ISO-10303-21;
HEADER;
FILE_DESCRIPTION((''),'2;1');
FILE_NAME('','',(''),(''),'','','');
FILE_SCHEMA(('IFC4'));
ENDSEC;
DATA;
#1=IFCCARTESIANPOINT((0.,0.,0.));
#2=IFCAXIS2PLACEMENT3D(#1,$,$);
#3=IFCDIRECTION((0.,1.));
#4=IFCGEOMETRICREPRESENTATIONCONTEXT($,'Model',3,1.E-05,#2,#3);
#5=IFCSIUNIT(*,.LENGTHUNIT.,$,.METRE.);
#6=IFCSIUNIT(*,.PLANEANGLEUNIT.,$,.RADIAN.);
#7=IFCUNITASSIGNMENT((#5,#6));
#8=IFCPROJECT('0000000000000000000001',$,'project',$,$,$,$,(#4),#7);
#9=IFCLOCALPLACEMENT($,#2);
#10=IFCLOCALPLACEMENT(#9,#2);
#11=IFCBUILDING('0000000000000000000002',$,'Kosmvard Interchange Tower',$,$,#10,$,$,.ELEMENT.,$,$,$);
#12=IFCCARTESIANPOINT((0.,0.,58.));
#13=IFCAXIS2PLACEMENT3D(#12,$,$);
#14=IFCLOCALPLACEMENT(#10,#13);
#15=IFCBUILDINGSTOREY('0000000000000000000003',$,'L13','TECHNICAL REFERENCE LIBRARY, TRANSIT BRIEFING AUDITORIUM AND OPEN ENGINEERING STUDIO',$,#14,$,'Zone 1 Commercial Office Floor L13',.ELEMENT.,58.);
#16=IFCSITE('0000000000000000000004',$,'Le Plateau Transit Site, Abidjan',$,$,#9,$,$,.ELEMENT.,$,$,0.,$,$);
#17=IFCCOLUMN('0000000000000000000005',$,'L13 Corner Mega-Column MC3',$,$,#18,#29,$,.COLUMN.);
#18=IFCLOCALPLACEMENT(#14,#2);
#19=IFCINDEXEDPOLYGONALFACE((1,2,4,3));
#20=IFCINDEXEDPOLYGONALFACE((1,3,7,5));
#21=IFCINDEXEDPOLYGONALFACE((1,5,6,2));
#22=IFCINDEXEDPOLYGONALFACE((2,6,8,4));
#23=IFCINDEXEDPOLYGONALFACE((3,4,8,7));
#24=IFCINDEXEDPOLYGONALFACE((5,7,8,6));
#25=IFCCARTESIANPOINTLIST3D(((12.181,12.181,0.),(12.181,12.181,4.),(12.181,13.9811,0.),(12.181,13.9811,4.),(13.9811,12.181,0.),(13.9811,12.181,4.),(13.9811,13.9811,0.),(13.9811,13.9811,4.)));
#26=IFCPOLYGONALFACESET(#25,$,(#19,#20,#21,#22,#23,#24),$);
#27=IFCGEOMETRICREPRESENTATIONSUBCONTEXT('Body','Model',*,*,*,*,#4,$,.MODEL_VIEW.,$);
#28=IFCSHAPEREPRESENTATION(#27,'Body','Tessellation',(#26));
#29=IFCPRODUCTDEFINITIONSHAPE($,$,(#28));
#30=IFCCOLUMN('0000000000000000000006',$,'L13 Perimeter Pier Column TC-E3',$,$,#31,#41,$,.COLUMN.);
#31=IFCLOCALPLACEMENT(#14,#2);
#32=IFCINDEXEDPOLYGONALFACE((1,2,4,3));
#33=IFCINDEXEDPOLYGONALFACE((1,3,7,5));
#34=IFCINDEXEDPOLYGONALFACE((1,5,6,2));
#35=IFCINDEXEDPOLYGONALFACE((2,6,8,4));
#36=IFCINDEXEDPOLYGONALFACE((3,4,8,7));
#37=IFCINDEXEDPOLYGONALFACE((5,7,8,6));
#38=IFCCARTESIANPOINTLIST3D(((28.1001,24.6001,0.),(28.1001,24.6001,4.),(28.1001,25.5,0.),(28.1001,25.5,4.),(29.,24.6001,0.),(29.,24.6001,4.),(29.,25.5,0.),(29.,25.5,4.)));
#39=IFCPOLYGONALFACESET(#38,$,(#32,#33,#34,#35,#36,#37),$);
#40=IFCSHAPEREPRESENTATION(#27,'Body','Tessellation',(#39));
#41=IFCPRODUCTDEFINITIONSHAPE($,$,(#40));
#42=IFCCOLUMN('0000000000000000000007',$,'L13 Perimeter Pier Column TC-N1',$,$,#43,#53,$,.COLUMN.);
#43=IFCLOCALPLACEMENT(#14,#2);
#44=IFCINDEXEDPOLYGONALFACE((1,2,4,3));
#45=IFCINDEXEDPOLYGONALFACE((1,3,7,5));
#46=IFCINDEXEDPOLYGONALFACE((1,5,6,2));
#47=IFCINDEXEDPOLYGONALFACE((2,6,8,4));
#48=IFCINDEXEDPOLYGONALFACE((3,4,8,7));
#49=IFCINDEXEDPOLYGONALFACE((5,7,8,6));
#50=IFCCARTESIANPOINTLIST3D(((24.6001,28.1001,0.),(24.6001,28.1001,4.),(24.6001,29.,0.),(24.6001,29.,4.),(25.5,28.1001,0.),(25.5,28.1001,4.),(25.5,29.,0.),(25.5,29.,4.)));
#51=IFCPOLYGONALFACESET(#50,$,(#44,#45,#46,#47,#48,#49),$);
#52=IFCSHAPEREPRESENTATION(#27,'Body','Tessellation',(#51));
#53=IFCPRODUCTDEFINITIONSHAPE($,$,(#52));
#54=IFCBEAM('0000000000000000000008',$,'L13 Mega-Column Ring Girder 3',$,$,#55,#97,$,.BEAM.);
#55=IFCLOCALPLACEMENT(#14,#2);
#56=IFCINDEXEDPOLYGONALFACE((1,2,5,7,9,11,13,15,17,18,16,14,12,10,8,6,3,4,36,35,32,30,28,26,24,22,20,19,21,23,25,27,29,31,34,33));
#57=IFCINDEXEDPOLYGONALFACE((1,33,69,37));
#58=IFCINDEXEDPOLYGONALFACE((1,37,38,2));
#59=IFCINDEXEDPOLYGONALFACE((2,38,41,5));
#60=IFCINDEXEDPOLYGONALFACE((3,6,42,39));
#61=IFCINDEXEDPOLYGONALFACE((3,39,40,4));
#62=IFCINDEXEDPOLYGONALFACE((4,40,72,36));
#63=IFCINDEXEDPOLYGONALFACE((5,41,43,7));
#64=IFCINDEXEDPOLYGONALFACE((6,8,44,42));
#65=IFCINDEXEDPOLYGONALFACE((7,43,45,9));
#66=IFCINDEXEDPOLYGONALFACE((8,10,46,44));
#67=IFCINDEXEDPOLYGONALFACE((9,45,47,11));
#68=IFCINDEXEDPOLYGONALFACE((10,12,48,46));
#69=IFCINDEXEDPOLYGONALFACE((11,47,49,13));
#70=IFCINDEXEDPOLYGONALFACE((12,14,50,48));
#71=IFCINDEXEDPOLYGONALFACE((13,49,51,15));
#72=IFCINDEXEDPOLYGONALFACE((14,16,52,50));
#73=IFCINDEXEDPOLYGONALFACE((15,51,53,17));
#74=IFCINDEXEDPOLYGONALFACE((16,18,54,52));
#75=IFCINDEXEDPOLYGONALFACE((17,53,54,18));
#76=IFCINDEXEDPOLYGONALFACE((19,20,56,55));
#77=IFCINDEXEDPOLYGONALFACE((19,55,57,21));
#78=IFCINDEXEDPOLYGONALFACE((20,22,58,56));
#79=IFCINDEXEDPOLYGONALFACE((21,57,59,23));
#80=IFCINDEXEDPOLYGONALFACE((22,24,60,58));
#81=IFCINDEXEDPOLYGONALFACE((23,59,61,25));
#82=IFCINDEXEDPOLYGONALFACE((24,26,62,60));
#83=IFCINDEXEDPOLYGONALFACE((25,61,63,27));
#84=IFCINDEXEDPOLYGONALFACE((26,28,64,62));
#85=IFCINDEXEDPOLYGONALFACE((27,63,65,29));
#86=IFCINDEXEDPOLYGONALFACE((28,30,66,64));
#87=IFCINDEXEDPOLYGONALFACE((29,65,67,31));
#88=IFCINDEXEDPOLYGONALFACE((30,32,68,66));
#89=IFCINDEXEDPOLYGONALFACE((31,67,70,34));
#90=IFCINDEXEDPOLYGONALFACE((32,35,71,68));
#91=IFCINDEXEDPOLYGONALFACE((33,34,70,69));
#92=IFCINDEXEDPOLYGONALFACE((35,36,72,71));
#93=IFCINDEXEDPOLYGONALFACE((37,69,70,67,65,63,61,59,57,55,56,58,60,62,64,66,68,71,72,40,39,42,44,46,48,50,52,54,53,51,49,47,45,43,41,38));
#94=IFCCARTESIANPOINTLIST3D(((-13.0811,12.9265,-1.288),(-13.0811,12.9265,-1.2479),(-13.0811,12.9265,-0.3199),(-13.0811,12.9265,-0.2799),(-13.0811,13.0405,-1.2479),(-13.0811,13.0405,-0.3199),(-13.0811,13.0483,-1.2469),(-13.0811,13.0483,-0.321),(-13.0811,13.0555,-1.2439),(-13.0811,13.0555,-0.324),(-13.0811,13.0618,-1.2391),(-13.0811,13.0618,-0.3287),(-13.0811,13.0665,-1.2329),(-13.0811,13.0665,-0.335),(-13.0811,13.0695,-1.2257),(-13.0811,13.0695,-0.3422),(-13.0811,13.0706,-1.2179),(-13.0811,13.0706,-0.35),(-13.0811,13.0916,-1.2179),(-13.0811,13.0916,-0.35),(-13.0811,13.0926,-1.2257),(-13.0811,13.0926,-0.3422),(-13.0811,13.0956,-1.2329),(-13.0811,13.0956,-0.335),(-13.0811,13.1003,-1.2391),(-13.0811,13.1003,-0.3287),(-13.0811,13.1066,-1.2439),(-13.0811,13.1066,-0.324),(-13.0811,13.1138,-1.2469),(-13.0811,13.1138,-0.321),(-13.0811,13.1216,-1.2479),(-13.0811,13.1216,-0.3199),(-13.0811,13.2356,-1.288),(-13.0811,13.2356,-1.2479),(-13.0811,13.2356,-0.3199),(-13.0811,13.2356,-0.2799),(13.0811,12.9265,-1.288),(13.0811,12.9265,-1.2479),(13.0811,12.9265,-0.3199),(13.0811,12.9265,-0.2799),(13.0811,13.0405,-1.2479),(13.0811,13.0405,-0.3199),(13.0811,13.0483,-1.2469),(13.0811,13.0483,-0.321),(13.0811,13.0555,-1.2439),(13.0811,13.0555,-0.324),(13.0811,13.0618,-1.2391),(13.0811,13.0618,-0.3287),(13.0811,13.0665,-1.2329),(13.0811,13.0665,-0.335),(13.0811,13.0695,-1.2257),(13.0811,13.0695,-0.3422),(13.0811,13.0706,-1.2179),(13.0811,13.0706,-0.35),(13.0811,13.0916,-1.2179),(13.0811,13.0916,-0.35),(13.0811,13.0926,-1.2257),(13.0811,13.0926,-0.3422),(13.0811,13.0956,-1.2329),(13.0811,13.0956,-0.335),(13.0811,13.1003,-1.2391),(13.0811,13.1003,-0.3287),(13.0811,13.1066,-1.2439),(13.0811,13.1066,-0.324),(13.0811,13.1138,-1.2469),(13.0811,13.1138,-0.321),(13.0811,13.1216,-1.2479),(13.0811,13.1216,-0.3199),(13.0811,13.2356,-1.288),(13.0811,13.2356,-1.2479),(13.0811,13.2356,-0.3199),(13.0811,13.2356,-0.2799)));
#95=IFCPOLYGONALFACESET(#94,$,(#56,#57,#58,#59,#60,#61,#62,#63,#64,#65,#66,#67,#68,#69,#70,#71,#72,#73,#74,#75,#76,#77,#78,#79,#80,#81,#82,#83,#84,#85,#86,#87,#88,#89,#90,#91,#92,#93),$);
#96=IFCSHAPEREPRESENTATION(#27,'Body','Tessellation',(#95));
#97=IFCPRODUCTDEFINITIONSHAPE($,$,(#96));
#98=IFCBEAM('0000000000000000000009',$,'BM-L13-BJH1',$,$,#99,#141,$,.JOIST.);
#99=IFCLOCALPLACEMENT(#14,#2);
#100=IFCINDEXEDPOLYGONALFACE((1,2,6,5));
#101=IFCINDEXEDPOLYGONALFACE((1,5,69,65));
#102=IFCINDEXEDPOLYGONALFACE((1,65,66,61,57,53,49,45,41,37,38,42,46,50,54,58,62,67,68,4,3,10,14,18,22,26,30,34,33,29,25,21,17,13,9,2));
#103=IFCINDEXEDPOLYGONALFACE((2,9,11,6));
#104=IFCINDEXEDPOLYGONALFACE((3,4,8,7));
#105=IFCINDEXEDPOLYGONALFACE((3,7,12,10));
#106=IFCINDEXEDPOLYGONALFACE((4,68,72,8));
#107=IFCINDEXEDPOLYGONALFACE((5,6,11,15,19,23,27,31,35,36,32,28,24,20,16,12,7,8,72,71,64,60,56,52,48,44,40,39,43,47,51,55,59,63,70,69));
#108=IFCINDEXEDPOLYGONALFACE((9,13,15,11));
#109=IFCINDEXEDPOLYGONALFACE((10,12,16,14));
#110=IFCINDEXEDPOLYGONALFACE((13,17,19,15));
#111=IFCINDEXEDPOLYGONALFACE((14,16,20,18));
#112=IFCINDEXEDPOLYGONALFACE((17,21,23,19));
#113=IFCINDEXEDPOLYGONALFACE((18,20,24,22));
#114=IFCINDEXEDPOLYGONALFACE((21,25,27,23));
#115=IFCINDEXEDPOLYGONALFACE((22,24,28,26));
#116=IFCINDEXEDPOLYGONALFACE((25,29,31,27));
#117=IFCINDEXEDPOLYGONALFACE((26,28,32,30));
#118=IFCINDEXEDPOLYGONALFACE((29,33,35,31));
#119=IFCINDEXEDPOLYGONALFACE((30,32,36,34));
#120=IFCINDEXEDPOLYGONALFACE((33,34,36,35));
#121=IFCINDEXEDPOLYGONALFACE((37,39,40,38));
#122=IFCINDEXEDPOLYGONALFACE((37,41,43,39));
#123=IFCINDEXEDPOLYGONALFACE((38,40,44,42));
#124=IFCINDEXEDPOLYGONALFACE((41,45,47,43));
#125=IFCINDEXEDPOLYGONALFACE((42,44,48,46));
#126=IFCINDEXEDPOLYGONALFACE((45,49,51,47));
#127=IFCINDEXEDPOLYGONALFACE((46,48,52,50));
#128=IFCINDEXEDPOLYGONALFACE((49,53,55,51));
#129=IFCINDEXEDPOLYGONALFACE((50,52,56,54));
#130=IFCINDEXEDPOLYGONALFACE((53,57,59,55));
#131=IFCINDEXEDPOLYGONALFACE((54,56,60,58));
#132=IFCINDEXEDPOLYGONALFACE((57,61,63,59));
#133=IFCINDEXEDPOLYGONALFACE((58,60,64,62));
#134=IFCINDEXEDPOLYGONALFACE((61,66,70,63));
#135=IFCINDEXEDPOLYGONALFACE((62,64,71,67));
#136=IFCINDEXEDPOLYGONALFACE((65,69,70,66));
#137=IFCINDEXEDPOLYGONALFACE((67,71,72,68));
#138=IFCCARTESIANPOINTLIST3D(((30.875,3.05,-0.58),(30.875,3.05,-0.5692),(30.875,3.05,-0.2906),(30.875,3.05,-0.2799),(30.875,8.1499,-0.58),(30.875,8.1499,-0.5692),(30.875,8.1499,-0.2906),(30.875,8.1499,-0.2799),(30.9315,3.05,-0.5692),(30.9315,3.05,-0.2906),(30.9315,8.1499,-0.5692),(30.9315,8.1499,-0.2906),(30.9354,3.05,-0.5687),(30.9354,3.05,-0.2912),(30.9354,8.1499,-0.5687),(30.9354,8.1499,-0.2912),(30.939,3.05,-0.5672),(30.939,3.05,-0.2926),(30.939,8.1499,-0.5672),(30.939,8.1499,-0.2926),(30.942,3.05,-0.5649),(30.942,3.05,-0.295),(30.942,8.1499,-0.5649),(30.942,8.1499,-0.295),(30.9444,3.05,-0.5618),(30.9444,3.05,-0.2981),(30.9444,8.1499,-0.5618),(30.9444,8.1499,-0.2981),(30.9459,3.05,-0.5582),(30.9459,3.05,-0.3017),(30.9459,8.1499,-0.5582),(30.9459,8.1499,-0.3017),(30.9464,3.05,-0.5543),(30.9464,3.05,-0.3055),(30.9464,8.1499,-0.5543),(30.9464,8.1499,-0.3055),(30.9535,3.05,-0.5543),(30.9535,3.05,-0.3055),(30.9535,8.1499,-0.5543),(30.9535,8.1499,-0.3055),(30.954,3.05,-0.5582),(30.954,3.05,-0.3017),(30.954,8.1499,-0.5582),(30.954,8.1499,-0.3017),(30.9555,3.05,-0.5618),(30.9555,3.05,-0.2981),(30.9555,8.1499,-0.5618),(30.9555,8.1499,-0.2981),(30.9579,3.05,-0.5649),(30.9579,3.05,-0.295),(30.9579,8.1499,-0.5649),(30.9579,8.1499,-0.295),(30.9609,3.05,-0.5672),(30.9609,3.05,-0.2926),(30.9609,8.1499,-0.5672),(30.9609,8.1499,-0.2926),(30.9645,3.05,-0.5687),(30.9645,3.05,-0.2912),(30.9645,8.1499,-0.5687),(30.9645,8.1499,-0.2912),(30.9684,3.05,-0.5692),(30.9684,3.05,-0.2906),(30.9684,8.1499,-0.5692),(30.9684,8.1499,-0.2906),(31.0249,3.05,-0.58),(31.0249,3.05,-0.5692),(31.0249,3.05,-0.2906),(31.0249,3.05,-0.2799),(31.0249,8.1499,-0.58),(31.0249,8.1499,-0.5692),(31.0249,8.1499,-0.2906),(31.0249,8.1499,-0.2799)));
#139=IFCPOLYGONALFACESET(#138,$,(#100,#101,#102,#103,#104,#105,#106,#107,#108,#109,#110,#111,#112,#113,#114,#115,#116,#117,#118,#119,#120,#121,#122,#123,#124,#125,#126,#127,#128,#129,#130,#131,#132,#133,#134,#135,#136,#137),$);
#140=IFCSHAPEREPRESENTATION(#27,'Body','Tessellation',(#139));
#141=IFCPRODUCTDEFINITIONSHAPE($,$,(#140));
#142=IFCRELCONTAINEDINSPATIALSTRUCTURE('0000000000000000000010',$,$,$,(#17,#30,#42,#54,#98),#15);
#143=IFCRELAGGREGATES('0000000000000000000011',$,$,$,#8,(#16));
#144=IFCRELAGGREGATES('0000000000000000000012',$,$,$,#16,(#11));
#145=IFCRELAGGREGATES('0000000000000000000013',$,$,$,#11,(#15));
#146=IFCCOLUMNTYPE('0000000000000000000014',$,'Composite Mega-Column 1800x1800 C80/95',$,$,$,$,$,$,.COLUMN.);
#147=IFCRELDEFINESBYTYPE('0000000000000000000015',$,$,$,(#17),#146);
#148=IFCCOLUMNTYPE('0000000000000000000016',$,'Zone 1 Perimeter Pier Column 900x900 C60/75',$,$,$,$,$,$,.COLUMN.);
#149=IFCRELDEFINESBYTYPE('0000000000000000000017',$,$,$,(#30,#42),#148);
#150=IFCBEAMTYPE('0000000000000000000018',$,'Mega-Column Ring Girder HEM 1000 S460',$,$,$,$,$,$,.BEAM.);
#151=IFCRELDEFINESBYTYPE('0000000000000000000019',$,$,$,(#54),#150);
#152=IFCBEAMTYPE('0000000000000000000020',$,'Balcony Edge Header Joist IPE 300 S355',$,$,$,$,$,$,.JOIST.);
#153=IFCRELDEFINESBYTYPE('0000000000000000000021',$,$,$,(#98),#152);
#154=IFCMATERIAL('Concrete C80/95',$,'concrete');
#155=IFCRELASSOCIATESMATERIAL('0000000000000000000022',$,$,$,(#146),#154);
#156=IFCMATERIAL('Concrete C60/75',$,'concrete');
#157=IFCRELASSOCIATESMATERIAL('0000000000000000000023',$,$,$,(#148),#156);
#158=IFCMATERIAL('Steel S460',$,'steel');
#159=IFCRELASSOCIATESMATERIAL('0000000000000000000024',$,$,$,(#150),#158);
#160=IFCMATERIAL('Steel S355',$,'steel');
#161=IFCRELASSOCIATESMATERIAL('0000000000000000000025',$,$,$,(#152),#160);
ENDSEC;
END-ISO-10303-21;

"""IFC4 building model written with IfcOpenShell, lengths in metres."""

from ifc_helpers import new_model, si_unit, direction, frame, origin, origin_2d, place, context, subcontext, project, spatial, rectangle, i_section, extrude, source, transform, mapped, material, material_profile, profile_set, type_object, element, save


model = new_model("IFC4")

# Units and contexts
model_context = context("Model", 3, precision=1e-05, world=origin(), true_north=direction((0.0, 1.0)))
body_context = subcontext(model_context, "Body", "Model", "MODEL_VIEW")
ifc_project = project(units=[si_unit("LENGTHUNIT", "METRE"), si_unit("PLANEANGLEUNIT", "RADIAN")], contexts=[model_context])

# Site, building, storey
site_placement = place(None, origin())
site = spatial("IfcSite", under=ifc_project, at=site_placement, Name="Le Plateau Transit Site, Abidjan", CompositionType="ELEMENT", RefElevation=0.0)
building_placement = place(site_placement, origin())
building = spatial("IfcBuilding", under=site, at=building_placement, Name="Kosmvard Interchange Tower", CompositionType="ELEMENT")
storey_placement = place(building_placement, frame((0.0, 0.0, 58.0)))
storey = spatial("IfcBuildingStorey", under=building, at=storey_placement, Name="L13", Description="TECHNICAL REFERENCE LIBRARY, TRANSIT BRIEFING AUDITORIUM AND OPEN ENGINEERING STUDIO", LongName="Zone 1 Commercial Office Floor L13", CompositionType="ELEMENT", Elevation=58.0)

# Columns
ifc_material_1 = material(Name="Concrete C80/95", Category="concrete")
ifc_material_profile_1 = material_profile(ifc_material_1, rectangle(XDim=1.8, YDim=1.8, at=origin_2d()), Name="MC 1800x1800")
ifc_profile_set_1 = profile_set([ifc_material_profile_1], Name="Concrete C80/95")
column_type_1 = type_object("IfcColumnType", Name="Composite Mega-Column 1800x1800 C80/95", PredefinedType="COLUMN", material=ifc_profile_set_1)
shared_shape_1 = source(origin(), body_context, "Body", "SweptSolid", [
    extrude(rectangle(XDim=1.8, YDim=1.8, at=origin_2d()), origin(), (0.0, 0.0, 1.0), 4.0),
])
column_placement = place(storey_placement, frame((13.0811, 13.0811, 0.0), z_axis=(0.0, 0.0, 1.0), x_axis=(1.0, 0.0, 0.0)))
element("IfcColumn", 1, at=column_placement, inside=storey, type_object=column_type_1, Name="L13 Corner Mega-Column MC3", PredefinedType="COLUMN", context=body_context, shape_type="MappedRepresentation", body=[
    mapped(shared_shape_1, transform((0.0, 0.0, 0.0), scale=1.0)),
])
ifc_material_2 = material(Name="Concrete C60/75", Category="concrete")
ifc_material_profile_2 = material_profile(ifc_material_2, rectangle(XDim=0.8999, YDim=0.8999, at=origin_2d()), Name="TC 900x900")
ifc_profile_set_2 = profile_set([ifc_material_profile_2], Name="Concrete C60/75")
column_type_2 = type_object("IfcColumnType", Name="Zone 1 Perimeter Pier Column 900x900 C60/75", PredefinedType="COLUMN", material=ifc_profile_set_2)
shared_shape_2 = source(origin(), body_context, "Body", "SweptSolid", [
    extrude(rectangle(XDim=0.8999, YDim=0.8999, at=origin_2d()), origin(), (0.0, 0.0, 1.0), 4.0),
])
for number, where, z_axis, x_axis, name in (
    (2, (28.55, 25.05, 0.0), (0.0, 0.0, 1.0), (1.0, 0.0, 0.0), "L13 Perimeter Pier Column TC-E3"),
    (3, (25.05, 28.55, 0.0), (0.0, 0.0, 1.0), (1.0, 0.0, 0.0), "L13 Perimeter Pier Column TC-N1"),
):
    element("IfcColumn", number, at=place(storey_placement, frame(where, z_axis=z_axis, x_axis=x_axis)), inside=storey, type_object=column_type_2, Name=name, PredefinedType="COLUMN", context=body_context, shape_type="MappedRepresentation", body=[
        mapped(shared_shape_2, transform((0.0, 0.0, 0.0), scale=1.0)),
    ])

# Beams
ifc_material_3 = material(Name="Steel S460", Category="steel")
ifc_material_profile_3 = material_profile(ifc_material_3, i_section(OverallWidth=0.3091, OverallDepth=1.0081, WebThickness=0.021, FlangeThickness=0.04, FilletRadius=0.03, at=origin_2d()), Name="HEM 1000")
ifc_profile_set_3 = profile_set([ifc_material_profile_3], Name="Steel S460")
beam_type_1 = type_object("IfcBeamType", Name="Mega-Column Ring Girder HEM 1000 S460", PredefinedType="BEAM", material=ifc_profile_set_3)
shared_shape_3 = source(origin(), body_context, "Body", "SweptSolid", [
    extrude(i_section(OverallWidth=0.3091, OverallDepth=1.0081, WebThickness=0.021, FlangeThickness=0.04, FilletRadius=0.03, at=origin_2d()), origin(), (0.0, 0.0, 1.0), 26.1621),
])
beam_1_placement = place(storey_placement, frame((13.0811, 13.0811, -0.7839), z_axis=(-1.0, 0.0, 0.0), x_axis=(0.0, -1.0, 0.0)))
element("IfcBeam", 4, at=beam_1_placement, inside=storey, type_object=beam_type_1, Name="L13 Mega-Column Ring Girder 3", PredefinedType="BEAM", context=body_context, shape_type="MappedRepresentation", body=[
    mapped(shared_shape_3, transform((0.0, 0.0, 0.0), scale=1.0)),
])
ifc_material_4 = material(Name="Steel S355", Category="steel")
ifc_material_profile_4 = material_profile(ifc_material_4, i_section(OverallWidth=0.1499, OverallDepth=0.3, WebThickness=0.0071, FlangeThickness=0.0107, FilletRadius=0.0149, at=origin_2d()), Name="IPE 300")
ifc_profile_set_4 = profile_set([ifc_material_profile_4], Name="Steel S355")
beam_type_2 = type_object("IfcBeamType", Name="Balcony Edge Header Joist IPE 300 S355", PredefinedType="JOIST", material=ifc_profile_set_4)
shared_shape_4 = source(origin(), body_context, "Body", "SweptSolid", [
    extrude(i_section(OverallWidth=0.1499, OverallDepth=0.3, WebThickness=0.0071, FlangeThickness=0.0107, FilletRadius=0.0149, at=origin_2d()), origin(), (0.0, 0.0, 1.0), 5.0999),
])
beam_2_placement = place(storey_placement, frame((30.95, 3.05, -0.4299), z_axis=(0.0, 1.0, 0.0), x_axis=(-1.0, 0.0, 0.0)))
element("IfcBeam", 5, at=beam_2_placement, inside=storey, type_object=beam_type_2, Name="BM-L13-BJH1", PredefinedType="JOIST", context=body_context, shape_type="MappedRepresentation", body=[
    mapped(shared_shape_4, transform((0.0, 0.0, 0.0), scale=1.0)),
])

save(model, "model.ifc")
